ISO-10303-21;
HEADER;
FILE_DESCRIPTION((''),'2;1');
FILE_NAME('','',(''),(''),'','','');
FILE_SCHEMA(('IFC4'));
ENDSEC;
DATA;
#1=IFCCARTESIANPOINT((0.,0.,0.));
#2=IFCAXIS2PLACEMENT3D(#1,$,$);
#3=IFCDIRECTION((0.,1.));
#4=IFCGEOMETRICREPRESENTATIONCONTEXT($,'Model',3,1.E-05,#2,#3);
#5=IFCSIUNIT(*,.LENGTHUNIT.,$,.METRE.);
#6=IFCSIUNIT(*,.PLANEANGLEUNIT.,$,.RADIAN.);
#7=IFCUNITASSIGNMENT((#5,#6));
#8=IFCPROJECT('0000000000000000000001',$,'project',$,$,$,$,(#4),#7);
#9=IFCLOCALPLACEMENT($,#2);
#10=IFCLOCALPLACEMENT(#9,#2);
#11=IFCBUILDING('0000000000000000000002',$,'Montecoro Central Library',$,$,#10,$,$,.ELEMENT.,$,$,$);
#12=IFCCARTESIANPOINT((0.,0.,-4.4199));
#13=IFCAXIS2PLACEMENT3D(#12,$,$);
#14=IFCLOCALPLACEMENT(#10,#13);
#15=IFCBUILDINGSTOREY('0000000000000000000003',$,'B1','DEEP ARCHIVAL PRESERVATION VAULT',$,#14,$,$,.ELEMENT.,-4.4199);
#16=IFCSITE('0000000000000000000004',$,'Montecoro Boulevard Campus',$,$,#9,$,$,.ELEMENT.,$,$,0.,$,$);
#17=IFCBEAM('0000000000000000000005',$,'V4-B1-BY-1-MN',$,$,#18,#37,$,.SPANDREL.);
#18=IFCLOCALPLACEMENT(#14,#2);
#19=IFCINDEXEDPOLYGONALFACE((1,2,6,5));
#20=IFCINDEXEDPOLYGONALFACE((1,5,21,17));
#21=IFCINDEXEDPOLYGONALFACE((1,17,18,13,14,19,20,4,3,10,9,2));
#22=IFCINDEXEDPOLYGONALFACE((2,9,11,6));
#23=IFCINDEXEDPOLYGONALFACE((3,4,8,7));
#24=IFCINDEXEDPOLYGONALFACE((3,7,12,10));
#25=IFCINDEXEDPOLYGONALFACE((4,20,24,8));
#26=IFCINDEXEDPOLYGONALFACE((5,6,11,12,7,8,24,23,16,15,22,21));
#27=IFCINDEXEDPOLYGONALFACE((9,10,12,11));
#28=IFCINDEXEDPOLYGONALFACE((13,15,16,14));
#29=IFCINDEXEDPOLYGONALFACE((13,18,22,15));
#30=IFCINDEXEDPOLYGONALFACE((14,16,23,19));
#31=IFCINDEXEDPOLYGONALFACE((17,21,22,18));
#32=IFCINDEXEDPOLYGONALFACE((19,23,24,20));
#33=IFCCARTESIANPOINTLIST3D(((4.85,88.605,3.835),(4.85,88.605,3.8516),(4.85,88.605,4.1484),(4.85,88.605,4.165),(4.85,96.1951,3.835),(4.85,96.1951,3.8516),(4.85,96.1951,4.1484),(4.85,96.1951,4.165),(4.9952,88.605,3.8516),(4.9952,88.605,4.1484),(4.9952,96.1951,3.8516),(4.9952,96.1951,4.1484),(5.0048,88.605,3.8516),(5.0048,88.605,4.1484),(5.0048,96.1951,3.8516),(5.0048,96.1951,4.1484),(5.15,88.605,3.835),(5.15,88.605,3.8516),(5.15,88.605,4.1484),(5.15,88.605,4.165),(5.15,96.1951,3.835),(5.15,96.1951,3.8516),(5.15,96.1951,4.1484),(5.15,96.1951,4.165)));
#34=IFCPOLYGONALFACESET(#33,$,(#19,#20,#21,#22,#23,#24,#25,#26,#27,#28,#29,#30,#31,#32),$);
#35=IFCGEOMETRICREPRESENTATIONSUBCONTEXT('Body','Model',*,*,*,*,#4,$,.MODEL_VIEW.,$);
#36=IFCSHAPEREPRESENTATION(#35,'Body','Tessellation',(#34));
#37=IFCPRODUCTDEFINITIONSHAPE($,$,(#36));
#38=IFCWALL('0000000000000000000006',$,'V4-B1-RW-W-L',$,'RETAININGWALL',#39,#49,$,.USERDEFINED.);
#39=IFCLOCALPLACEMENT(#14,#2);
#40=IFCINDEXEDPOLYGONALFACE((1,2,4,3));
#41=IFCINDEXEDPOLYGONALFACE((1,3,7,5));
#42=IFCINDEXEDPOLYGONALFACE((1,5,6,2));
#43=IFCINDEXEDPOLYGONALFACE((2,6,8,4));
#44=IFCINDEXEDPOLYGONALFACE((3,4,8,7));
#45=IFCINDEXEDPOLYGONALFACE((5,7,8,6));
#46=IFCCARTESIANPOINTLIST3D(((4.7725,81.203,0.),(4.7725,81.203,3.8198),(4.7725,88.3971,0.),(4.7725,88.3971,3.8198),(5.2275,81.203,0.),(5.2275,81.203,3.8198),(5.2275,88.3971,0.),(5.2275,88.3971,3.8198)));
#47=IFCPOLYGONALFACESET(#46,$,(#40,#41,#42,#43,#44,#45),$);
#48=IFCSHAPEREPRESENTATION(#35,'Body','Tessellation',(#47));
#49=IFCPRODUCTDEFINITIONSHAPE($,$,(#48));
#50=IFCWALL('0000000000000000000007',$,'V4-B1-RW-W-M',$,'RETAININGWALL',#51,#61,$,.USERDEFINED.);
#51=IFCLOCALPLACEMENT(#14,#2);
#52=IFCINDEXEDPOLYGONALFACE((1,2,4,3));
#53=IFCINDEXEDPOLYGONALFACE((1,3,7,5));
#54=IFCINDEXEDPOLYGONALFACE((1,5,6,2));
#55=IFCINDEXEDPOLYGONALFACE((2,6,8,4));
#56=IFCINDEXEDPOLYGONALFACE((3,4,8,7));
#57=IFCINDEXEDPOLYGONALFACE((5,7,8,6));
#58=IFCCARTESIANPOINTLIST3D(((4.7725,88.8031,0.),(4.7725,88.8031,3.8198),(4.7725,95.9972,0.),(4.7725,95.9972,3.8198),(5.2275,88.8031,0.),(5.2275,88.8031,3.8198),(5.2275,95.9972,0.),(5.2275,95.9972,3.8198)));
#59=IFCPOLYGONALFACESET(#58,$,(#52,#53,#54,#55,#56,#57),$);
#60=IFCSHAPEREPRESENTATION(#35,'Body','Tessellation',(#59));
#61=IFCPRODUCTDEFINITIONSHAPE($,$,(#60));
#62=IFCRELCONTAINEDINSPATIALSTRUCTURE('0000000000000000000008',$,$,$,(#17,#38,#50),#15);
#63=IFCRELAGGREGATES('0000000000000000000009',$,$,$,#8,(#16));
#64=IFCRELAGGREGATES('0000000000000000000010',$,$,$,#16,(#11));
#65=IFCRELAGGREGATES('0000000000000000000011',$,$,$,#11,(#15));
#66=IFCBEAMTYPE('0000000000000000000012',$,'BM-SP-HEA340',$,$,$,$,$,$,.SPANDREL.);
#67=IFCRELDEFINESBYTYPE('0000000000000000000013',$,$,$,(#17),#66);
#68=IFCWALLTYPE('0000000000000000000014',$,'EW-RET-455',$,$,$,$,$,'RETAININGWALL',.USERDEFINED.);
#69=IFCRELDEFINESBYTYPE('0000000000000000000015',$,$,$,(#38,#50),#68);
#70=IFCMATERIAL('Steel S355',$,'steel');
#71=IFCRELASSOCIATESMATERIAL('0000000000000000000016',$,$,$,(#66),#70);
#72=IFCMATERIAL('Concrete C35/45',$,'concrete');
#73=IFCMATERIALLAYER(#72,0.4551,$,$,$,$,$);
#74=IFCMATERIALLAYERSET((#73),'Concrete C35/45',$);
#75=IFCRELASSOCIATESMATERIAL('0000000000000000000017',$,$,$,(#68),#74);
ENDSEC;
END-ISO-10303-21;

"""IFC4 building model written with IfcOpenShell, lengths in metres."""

from ifc_helpers import new_model, si_unit, direction, frame, frame_2d, origin, origin_2d, place, context, subcontext, project, spatial, rectangle, i_section, extrude, material, layer, layer_set, material_profile, profile_set, type_object, element, save


model = new_model("IFC4")

# Units and contexts
model_context = context("Model", 3, precision=1e-05, world=origin(), true_north=direction((0.0, 1.0)))
body_context = subcontext(model_context, "Body", "Model", "MODEL_VIEW")
ifc_project = project(units=[si_unit("LENGTHUNIT", "METRE"), si_unit("PLANEANGLEUNIT", "RADIAN")], contexts=[model_context])

# Site, building, storey
site_placement = place(None, origin())
site = spatial("IfcSite", under=ifc_project, at=site_placement, Name="Montecoro Boulevard Campus", CompositionType="ELEMENT", RefElevation=0.0)
building_placement = place(site_placement, origin())
building = spatial("IfcBuilding", under=site, at=building_placement, Name="Montecoro Central Library", CompositionType="ELEMENT")
storey_placement = place(building_placement, frame((0.0, 0.0, -4.4199)))
storey = spatial("IfcBuildingStorey", under=building, at=storey_placement, Name="B1", Description="DEEP ARCHIVAL PRESERVATION VAULT", CompositionType="ELEMENT", Elevation=-4.4199)

# Shared definitions
ifc_material_1 = material(Name="Concrete C35/45", Category="concrete")

# Beam
ifc_material_2 = material(Name="Steel S355", Category="steel")
ifc_material_profile_1 = material_profile(ifc_material_2, i_section(OverallWidth=0.3, OverallDepth=0.3301, WebThickness=0.0095, FlangeThickness=0.0166, at=origin_2d()), Name="HEA 340")
ifc_profile_set_1 = profile_set([ifc_material_profile_1], Name="Steel S355")
beam_type_1 = type_object("IfcBeamType", Name="BM-SP-HEA340", PredefinedType="SPANDREL", material=ifc_profile_set_1)
for number, where, z_axis, x_axis, name in (
    (1, (5.0, 88.605, 4.0), (0.0, 1.0, 0.0), (-1.0, 0.0, 0.0), "V4-B1-BY-1-MN"),
):
    element("IfcBeam", number, at=place(storey_placement, frame(where, z_axis=z_axis, x_axis=x_axis)), inside=storey, type_object=beam_type_1, Name=name, PredefinedType="SPANDREL", context=body_context, shape_type="SweptSolid", body=[
        extrude(i_section(OverallWidth=0.3, OverallDepth=0.3301, WebThickness=0.0095, FlangeThickness=0.0166, at=origin_2d()), origin(), (0.0, 0.0, 1.0), 7.5901),
    ])

# Walls
ifc_layer = layer(ifc_material_1, 0.4551)
ifc_layer_set = layer_set([ifc_layer], Name="Concrete C35/45")
wall_type = type_object("IfcWallType", Name="EW-RET-455", ElementType="RETAININGWALL", PredefinedType="USERDEFINED", material=ifc_layer_set)
for number, where, z_axis, x_axis, name in (
    (2, (5.0, 81.2029, 0.0), (0.0, 0.0, 1.0), (0.0, 1.0, 0.0), "V4-B1-RW-W-L"),
    (3, (5.0, 88.803, 0.0), (0.0, 0.0, 1.0), (0.0, 1.0, 0.0), "V4-B1-RW-W-M"),
):
    element("IfcWall", number, at=place(storey_placement, frame(where, z_axis=z_axis, x_axis=x_axis)), inside=storey, type_object=wall_type, Name=name, ObjectType="RETAININGWALL", PredefinedType="USERDEFINED", context=body_context, shape_type="SweptSolid", body=[
        extrude(rectangle(XDim=7.1941, YDim=0.4551, at=frame_2d((3.5972, 0.0))), origin(), (0.0, 0.0, 1.0), 3.8198),
    ])

save(model, "model.ifc")
